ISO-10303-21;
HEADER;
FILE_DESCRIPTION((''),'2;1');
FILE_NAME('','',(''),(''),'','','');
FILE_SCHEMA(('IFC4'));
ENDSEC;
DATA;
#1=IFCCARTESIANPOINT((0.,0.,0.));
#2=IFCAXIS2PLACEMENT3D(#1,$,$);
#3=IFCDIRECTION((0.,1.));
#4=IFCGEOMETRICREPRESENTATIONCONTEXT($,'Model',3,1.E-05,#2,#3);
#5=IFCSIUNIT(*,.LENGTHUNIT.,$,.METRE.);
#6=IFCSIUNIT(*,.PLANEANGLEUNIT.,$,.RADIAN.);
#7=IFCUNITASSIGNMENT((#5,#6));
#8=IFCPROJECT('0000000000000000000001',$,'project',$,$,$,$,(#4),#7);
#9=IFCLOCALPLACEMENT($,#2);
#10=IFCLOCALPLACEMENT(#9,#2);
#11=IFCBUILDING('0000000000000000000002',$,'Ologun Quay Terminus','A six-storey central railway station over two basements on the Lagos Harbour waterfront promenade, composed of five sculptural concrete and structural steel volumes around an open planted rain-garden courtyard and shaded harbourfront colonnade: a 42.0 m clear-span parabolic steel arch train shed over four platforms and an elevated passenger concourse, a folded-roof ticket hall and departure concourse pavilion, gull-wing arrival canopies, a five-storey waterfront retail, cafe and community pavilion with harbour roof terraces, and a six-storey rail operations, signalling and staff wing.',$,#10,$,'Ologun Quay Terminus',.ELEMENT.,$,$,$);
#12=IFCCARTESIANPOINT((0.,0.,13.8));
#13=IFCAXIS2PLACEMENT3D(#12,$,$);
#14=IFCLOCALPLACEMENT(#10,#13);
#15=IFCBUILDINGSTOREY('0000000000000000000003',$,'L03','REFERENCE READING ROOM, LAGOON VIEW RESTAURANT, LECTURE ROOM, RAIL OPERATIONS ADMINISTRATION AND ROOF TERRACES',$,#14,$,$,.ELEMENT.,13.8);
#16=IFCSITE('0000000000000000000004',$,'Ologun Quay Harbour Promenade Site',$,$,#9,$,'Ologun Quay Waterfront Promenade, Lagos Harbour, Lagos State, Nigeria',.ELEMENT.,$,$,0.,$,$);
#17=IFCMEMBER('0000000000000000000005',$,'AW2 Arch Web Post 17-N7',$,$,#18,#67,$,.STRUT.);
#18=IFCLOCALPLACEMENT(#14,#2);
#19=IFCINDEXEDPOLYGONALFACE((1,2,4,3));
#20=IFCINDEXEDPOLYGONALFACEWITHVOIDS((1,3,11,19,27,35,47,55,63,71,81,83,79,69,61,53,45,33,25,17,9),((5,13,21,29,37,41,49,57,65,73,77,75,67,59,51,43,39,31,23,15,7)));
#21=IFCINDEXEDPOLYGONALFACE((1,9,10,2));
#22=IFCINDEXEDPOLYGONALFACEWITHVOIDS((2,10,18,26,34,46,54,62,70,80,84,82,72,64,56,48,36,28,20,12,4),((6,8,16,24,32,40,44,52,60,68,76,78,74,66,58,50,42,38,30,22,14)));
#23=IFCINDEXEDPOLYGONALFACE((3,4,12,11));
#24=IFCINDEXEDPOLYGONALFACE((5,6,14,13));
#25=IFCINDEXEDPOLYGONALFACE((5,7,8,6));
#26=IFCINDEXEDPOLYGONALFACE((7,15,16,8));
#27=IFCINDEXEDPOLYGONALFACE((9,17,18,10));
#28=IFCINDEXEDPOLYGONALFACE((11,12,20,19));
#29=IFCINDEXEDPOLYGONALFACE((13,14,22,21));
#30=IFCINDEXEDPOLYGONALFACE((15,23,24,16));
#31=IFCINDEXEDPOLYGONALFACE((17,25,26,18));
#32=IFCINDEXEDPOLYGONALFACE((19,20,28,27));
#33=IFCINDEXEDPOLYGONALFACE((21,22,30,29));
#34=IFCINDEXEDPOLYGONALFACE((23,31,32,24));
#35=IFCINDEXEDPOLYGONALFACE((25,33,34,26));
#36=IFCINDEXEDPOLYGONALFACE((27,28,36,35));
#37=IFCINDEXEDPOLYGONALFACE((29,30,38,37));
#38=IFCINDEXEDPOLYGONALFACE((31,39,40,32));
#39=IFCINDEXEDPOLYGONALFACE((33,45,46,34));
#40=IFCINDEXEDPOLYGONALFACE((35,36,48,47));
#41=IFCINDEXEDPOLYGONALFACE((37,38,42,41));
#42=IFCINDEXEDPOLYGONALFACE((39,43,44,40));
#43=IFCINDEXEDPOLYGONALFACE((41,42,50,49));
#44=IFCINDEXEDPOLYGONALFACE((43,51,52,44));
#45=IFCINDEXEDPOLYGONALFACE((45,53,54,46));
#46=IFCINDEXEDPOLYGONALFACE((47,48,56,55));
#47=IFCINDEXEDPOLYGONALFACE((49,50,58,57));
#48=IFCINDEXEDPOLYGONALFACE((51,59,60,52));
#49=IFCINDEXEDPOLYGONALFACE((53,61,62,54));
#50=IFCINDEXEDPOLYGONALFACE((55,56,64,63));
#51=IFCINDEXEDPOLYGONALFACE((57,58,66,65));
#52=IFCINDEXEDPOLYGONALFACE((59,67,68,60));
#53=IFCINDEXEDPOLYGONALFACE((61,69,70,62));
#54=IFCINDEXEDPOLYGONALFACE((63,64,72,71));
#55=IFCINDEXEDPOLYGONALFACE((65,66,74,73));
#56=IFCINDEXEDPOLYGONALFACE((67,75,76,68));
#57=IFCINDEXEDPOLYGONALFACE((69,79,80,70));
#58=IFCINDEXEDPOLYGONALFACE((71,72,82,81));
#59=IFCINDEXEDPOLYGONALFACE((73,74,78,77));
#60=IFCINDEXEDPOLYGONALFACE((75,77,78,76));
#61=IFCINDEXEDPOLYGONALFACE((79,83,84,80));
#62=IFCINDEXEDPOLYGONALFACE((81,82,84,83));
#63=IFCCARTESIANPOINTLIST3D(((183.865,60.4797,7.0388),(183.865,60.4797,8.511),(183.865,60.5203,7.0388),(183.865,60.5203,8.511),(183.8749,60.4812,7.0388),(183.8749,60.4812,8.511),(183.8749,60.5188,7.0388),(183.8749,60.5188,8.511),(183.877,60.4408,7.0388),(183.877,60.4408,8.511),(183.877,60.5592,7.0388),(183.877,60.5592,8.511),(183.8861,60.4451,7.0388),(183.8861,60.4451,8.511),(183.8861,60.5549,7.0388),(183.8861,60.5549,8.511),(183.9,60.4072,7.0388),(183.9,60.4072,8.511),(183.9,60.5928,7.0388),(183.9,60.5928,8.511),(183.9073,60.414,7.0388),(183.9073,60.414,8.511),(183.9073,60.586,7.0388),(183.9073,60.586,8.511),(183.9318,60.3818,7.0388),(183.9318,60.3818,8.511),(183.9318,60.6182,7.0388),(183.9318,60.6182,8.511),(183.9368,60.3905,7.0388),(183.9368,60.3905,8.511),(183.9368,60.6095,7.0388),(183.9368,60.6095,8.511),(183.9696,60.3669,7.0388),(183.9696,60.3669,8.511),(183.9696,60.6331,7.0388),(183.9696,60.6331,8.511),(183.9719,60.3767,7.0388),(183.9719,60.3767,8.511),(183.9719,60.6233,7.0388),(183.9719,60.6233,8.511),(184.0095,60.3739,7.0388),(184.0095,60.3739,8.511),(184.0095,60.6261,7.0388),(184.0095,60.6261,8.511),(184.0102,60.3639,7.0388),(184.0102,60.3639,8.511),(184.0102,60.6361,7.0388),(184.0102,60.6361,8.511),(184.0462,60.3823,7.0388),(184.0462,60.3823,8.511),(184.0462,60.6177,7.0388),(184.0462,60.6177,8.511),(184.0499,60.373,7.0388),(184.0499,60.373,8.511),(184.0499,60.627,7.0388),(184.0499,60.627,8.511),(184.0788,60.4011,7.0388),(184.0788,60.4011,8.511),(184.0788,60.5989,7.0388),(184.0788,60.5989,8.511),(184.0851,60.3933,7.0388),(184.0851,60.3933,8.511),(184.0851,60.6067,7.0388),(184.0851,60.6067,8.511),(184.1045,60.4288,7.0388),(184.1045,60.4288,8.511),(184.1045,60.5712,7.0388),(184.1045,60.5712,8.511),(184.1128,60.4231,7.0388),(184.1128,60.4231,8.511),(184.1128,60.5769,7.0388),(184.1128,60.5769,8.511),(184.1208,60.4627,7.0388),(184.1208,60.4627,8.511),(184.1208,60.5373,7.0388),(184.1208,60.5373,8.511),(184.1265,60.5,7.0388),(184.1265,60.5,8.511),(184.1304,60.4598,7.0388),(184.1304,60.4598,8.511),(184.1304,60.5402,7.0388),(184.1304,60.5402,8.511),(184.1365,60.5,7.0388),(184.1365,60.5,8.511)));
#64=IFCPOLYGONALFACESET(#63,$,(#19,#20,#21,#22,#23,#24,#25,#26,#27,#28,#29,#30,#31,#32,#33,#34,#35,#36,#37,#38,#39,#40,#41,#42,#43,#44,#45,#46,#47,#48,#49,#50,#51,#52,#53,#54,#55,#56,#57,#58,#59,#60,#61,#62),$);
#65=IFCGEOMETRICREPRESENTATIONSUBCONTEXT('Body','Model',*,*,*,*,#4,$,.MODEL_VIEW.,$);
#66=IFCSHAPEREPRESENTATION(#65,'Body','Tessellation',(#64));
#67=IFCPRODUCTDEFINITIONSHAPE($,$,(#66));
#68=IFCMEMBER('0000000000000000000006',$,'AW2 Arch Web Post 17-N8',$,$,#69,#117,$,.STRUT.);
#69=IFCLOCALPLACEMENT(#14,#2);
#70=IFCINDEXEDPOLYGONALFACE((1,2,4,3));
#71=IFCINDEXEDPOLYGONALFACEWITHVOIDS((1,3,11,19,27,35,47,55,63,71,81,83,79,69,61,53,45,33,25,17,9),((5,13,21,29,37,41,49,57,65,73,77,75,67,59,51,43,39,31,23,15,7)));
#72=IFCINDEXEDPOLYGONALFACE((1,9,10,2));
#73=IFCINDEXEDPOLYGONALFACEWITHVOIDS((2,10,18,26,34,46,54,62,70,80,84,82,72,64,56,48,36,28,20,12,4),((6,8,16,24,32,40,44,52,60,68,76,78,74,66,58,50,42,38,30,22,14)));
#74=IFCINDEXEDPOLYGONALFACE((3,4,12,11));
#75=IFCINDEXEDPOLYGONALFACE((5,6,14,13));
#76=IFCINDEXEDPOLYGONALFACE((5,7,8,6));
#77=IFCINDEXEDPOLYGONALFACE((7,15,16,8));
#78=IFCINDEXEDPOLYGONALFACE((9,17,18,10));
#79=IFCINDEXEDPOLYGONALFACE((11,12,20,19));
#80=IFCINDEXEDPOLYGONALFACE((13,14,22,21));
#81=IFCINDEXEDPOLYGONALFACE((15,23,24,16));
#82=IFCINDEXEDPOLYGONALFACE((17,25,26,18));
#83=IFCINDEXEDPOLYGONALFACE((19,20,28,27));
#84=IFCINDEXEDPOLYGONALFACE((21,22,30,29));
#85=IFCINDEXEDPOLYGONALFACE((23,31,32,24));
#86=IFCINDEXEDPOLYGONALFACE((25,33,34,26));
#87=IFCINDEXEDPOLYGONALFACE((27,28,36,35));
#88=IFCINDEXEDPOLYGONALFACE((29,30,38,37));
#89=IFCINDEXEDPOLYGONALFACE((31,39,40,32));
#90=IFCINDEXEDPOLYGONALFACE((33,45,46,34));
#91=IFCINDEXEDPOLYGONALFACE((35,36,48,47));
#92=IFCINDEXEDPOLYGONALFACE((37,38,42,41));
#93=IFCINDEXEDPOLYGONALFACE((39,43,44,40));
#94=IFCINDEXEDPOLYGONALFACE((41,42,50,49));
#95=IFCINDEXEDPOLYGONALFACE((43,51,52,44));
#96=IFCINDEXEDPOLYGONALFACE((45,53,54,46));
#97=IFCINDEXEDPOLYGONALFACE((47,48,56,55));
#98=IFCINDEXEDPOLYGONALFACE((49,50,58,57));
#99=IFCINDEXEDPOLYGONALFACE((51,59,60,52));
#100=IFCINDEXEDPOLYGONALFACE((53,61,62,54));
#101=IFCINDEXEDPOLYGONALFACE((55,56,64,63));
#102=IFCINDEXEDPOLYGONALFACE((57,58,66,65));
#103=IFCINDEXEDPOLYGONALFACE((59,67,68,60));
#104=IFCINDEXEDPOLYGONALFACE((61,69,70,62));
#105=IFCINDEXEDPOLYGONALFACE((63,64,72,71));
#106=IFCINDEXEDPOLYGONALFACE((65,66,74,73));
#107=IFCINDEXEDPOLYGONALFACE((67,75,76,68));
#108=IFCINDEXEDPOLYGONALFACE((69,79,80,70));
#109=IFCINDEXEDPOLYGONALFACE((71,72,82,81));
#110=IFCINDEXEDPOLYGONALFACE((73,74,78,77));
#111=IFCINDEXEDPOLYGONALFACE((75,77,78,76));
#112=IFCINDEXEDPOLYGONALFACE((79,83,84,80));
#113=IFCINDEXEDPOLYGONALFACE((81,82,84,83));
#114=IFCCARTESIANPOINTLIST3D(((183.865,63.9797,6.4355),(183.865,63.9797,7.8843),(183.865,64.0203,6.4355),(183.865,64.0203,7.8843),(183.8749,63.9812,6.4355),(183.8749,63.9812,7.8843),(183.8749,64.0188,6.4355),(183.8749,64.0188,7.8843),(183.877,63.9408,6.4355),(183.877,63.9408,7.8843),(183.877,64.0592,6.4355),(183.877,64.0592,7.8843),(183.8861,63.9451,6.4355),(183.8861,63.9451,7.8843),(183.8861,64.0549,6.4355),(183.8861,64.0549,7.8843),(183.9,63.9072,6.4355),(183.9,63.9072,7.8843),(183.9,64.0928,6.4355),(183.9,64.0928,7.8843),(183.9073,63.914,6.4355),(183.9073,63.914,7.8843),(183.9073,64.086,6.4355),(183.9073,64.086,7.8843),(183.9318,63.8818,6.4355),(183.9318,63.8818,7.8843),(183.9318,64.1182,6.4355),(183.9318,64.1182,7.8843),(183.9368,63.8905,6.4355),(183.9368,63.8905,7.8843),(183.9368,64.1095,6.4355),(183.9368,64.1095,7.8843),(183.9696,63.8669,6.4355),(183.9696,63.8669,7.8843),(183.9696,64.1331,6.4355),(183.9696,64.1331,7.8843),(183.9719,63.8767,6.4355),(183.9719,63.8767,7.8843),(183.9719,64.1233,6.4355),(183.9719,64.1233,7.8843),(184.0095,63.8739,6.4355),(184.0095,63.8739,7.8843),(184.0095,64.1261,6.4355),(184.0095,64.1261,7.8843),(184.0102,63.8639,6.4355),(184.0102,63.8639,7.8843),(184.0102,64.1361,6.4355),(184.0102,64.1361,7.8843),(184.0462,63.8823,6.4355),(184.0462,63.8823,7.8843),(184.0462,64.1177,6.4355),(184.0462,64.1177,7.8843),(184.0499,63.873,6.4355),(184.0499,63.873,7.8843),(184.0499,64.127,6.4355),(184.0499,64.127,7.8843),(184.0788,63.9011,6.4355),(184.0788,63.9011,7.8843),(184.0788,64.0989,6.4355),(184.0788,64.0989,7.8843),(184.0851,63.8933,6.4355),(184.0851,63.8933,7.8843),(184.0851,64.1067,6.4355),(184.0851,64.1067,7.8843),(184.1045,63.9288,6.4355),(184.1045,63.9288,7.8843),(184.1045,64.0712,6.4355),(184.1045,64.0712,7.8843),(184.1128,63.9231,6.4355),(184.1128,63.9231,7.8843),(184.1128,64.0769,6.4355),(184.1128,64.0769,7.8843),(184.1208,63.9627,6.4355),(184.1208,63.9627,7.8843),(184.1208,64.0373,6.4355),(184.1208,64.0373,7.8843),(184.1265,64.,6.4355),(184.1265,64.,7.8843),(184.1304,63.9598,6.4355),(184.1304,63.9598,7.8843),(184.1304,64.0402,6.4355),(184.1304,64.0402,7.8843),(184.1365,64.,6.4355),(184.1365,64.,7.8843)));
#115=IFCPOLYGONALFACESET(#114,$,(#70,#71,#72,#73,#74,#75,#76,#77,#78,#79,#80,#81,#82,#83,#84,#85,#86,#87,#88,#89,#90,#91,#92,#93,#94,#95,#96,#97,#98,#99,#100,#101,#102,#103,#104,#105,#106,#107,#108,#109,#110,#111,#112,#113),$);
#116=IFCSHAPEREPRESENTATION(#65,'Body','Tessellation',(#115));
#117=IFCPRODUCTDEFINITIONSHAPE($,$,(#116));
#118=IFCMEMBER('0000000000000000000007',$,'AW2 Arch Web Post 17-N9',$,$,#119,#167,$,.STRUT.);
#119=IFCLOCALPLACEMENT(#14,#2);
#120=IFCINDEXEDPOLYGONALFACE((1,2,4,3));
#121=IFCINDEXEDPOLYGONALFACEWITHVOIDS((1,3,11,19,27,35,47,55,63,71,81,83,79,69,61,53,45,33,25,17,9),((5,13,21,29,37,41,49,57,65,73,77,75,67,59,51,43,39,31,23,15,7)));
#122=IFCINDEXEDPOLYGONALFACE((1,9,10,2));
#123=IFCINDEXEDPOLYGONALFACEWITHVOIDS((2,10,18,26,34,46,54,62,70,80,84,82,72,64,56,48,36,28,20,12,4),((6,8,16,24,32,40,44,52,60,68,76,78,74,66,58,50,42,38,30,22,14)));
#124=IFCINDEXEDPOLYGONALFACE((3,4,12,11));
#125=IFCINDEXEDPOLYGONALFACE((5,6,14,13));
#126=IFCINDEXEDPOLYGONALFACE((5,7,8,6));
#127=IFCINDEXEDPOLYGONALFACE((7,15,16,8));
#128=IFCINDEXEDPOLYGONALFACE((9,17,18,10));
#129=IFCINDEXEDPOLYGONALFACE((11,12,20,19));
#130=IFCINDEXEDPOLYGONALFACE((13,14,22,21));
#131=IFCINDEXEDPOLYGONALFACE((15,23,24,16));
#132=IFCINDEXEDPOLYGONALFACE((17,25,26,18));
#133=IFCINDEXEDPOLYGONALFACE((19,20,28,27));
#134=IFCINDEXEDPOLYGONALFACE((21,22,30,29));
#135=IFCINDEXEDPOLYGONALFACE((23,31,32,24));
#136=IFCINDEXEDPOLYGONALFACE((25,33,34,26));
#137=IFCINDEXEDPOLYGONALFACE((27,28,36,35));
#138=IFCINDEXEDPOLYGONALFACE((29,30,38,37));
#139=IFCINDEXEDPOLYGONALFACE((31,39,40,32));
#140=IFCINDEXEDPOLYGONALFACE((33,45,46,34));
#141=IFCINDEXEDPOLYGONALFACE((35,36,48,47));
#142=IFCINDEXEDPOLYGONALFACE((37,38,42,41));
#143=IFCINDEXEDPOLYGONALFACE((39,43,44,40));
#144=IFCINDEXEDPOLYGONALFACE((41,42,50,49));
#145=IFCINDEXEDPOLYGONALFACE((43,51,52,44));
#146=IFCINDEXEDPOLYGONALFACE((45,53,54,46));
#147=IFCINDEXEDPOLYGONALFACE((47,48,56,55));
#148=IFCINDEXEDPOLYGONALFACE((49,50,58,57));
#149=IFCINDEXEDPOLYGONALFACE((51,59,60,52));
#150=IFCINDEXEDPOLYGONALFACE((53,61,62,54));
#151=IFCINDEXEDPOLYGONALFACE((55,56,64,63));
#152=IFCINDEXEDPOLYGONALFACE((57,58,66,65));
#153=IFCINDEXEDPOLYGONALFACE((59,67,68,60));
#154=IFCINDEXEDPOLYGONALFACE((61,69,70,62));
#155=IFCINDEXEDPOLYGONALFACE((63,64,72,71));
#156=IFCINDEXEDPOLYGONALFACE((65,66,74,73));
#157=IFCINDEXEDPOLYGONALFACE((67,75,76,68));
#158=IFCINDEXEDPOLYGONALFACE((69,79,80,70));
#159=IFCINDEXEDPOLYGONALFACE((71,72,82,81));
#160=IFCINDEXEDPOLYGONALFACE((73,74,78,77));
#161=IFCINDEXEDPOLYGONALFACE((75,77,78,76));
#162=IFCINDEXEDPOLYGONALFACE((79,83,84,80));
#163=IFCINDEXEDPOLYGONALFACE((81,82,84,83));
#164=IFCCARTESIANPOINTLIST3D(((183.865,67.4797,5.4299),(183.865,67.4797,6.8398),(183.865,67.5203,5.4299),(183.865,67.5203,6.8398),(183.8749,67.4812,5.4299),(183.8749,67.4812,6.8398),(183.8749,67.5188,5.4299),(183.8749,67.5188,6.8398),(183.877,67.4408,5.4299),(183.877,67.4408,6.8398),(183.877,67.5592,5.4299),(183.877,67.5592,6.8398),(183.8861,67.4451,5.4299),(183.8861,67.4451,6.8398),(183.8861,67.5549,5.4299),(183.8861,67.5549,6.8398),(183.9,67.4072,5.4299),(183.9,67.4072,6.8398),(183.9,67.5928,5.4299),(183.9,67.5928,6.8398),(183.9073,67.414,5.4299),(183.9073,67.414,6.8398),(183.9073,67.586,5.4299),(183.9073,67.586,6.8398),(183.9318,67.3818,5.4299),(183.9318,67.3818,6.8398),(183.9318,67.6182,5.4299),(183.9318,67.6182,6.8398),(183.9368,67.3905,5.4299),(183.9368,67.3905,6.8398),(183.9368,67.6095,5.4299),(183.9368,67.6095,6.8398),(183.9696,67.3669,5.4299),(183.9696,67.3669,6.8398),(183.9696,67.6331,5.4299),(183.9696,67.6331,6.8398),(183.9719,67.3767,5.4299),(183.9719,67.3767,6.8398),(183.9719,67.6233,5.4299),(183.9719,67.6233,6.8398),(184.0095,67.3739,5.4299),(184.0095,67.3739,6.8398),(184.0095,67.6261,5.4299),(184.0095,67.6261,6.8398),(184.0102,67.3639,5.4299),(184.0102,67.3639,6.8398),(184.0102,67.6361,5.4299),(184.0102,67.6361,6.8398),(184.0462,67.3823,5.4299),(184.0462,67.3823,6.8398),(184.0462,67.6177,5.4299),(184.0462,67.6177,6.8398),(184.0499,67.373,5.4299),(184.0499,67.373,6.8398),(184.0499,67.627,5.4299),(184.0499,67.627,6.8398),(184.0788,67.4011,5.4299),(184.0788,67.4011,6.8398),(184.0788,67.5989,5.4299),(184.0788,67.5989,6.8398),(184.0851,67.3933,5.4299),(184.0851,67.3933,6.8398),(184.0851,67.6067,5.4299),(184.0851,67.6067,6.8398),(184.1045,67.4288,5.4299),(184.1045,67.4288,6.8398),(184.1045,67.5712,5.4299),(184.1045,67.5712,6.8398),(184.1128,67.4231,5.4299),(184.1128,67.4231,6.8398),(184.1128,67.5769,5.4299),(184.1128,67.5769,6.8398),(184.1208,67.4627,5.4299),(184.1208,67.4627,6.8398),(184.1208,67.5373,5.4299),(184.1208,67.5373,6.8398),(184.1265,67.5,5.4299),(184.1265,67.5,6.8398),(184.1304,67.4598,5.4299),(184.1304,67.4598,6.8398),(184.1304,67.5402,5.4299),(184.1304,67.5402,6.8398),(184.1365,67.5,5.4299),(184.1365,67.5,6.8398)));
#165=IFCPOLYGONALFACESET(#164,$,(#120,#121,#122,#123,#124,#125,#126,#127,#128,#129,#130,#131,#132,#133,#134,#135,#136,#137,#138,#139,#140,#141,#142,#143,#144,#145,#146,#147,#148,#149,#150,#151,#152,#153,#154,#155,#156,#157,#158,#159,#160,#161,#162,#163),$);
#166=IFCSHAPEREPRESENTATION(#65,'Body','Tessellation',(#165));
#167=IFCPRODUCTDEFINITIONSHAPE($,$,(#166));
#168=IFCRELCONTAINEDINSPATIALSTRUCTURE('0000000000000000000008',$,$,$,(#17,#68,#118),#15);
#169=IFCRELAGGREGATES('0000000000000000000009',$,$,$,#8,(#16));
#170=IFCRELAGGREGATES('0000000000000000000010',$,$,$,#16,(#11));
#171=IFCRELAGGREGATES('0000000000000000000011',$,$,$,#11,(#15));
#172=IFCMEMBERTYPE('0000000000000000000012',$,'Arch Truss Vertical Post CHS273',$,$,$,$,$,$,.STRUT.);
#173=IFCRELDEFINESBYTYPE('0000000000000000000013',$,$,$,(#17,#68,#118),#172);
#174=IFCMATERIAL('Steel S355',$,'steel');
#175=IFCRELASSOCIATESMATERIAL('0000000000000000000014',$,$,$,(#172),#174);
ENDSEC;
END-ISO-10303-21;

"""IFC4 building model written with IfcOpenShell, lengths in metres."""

from ifc_helpers import new_model, si_unit, direction, frame, origin, origin_2d, place, context, subcontext, project, spatial, hollow_circle, extrude, material, material_profile, profile_set, type_object, element, save


model = new_model("IFC4")

# Units and contexts
model_context = context("Model", 3, precision=1e-05, world=origin(), true_north=direction((0.0, 1.0)))
body_context = subcontext(model_context, "Body", "Model", "MODEL_VIEW")
ifc_project = project(units=[si_unit("LENGTHUNIT", "METRE"), si_unit("PLANEANGLEUNIT", "RADIAN")], contexts=[model_context])

# Site, building, storey
site_placement = place(None, origin())
site = spatial("IfcSite", under=ifc_project, at=site_placement, Name="Ologun Quay Harbour Promenade Site", LongName="Ologun Quay Waterfront Promenade, Lagos Harbour, Lagos State, Nigeria", CompositionType="ELEMENT", RefElevation=0.0)
building_placement = place(site_placement, origin())
building = spatial("IfcBuilding", under=site, at=building_placement, Name="Ologun Quay Terminus", Description="A six-storey central railway station over two basements on the Lagos Harbour waterfront promenade, composed of five sculptural concrete and structural steel volumes around an open planted rain-garden courtyard and shaded harbourfront colonnade: a 42.0 m clear-span parabolic steel arch train shed over four platforms and an elevated passenger concourse, a folded-roof ticket hall and departure concourse pavilion, gull-wing arrival canopies, a five-storey waterfront retail, cafe and community pavilion with harbour roof terraces, and a six-storey rail operations, signalling and staff wing.", LongName="Ologun Quay Terminus", CompositionType="ELEMENT")
storey_placement = place(building_placement, frame((0.0, 0.0, 13.8)))
storey = spatial("IfcBuildingStorey", under=building, at=storey_placement, Name="L03", Description="REFERENCE READING ROOM, LAGOON VIEW RESTAURANT, LECTURE ROOM, RAIL OPERATIONS ADMINISTRATION AND ROOF TERRACES", CompositionType="ELEMENT", Elevation=13.8)

# Members
ifc_material_1 = material(Name="Steel S355", Category="steel")
ifc_material_profile_1 = material_profile(ifc_material_1, hollow_circle(Radius=0.1365, WallThickness=0.01, at=origin_2d()), Name="CHS 273x10")
ifc_profile_set_1 = profile_set([ifc_material_profile_1], Name="Steel S355")
member_type_1 = type_object("IfcMemberType", Name="Arch Truss Vertical Post CHS273", PredefinedType="STRUT", material=ifc_profile_set_1)
member_1_placement = place(storey_placement, frame((184.0, 60.5, 7.0388), z_axis=(0.0, 0.0, 1.0), x_axis=(1.0, 0.0, 0.0)))
element("IfcMember", 1, at=member_1_placement, inside=storey, type_object=member_type_1, Name="AW2 Arch Web Post 17-N7", PredefinedType="STRUT", context=body_context, shape_type="SweptSolid", body=[
    extrude(hollow_circle(Radius=0.1365, WallThickness=0.01, at=origin_2d()), origin(), (0.0, 0.0, 1.0), 1.4722),
])
member_2_placement = place(storey_placement, frame((184.0, 64.0, 6.4355), z_axis=(0.0, 0.0, 1.0), x_axis=(1.0, 0.0, 0.0)))
element("IfcMember", 2, at=member_2_placement, inside=storey, type_object=member_type_1, Name="AW2 Arch Web Post 17-N8", PredefinedType="STRUT", context=body_context, shape_type="SweptSolid", body=[
    extrude(hollow_circle(Radius=0.1365, WallThickness=0.01, at=origin_2d()), origin(), (0.0, 0.0, 1.0), 1.4487),
])
member_3_placement = place(storey_placement, frame((184.0, 67.5, 5.4299), z_axis=(0.0, 0.0, 1.0), x_axis=(1.0, 0.0, 0.0)))
element("IfcMember", 3, at=member_3_placement, inside=storey, type_object=member_type_1, Name="AW2 Arch Web Post 17-N9", PredefinedType="STRUT", context=body_context, shape_type="SweptSolid", body=[
    extrude(hollow_circle(Radius=0.1365, WallThickness=0.01, at=origin_2d()), origin(), (0.0, 0.0, 1.0), 1.4099),
])

save(model, "model.ifc")
